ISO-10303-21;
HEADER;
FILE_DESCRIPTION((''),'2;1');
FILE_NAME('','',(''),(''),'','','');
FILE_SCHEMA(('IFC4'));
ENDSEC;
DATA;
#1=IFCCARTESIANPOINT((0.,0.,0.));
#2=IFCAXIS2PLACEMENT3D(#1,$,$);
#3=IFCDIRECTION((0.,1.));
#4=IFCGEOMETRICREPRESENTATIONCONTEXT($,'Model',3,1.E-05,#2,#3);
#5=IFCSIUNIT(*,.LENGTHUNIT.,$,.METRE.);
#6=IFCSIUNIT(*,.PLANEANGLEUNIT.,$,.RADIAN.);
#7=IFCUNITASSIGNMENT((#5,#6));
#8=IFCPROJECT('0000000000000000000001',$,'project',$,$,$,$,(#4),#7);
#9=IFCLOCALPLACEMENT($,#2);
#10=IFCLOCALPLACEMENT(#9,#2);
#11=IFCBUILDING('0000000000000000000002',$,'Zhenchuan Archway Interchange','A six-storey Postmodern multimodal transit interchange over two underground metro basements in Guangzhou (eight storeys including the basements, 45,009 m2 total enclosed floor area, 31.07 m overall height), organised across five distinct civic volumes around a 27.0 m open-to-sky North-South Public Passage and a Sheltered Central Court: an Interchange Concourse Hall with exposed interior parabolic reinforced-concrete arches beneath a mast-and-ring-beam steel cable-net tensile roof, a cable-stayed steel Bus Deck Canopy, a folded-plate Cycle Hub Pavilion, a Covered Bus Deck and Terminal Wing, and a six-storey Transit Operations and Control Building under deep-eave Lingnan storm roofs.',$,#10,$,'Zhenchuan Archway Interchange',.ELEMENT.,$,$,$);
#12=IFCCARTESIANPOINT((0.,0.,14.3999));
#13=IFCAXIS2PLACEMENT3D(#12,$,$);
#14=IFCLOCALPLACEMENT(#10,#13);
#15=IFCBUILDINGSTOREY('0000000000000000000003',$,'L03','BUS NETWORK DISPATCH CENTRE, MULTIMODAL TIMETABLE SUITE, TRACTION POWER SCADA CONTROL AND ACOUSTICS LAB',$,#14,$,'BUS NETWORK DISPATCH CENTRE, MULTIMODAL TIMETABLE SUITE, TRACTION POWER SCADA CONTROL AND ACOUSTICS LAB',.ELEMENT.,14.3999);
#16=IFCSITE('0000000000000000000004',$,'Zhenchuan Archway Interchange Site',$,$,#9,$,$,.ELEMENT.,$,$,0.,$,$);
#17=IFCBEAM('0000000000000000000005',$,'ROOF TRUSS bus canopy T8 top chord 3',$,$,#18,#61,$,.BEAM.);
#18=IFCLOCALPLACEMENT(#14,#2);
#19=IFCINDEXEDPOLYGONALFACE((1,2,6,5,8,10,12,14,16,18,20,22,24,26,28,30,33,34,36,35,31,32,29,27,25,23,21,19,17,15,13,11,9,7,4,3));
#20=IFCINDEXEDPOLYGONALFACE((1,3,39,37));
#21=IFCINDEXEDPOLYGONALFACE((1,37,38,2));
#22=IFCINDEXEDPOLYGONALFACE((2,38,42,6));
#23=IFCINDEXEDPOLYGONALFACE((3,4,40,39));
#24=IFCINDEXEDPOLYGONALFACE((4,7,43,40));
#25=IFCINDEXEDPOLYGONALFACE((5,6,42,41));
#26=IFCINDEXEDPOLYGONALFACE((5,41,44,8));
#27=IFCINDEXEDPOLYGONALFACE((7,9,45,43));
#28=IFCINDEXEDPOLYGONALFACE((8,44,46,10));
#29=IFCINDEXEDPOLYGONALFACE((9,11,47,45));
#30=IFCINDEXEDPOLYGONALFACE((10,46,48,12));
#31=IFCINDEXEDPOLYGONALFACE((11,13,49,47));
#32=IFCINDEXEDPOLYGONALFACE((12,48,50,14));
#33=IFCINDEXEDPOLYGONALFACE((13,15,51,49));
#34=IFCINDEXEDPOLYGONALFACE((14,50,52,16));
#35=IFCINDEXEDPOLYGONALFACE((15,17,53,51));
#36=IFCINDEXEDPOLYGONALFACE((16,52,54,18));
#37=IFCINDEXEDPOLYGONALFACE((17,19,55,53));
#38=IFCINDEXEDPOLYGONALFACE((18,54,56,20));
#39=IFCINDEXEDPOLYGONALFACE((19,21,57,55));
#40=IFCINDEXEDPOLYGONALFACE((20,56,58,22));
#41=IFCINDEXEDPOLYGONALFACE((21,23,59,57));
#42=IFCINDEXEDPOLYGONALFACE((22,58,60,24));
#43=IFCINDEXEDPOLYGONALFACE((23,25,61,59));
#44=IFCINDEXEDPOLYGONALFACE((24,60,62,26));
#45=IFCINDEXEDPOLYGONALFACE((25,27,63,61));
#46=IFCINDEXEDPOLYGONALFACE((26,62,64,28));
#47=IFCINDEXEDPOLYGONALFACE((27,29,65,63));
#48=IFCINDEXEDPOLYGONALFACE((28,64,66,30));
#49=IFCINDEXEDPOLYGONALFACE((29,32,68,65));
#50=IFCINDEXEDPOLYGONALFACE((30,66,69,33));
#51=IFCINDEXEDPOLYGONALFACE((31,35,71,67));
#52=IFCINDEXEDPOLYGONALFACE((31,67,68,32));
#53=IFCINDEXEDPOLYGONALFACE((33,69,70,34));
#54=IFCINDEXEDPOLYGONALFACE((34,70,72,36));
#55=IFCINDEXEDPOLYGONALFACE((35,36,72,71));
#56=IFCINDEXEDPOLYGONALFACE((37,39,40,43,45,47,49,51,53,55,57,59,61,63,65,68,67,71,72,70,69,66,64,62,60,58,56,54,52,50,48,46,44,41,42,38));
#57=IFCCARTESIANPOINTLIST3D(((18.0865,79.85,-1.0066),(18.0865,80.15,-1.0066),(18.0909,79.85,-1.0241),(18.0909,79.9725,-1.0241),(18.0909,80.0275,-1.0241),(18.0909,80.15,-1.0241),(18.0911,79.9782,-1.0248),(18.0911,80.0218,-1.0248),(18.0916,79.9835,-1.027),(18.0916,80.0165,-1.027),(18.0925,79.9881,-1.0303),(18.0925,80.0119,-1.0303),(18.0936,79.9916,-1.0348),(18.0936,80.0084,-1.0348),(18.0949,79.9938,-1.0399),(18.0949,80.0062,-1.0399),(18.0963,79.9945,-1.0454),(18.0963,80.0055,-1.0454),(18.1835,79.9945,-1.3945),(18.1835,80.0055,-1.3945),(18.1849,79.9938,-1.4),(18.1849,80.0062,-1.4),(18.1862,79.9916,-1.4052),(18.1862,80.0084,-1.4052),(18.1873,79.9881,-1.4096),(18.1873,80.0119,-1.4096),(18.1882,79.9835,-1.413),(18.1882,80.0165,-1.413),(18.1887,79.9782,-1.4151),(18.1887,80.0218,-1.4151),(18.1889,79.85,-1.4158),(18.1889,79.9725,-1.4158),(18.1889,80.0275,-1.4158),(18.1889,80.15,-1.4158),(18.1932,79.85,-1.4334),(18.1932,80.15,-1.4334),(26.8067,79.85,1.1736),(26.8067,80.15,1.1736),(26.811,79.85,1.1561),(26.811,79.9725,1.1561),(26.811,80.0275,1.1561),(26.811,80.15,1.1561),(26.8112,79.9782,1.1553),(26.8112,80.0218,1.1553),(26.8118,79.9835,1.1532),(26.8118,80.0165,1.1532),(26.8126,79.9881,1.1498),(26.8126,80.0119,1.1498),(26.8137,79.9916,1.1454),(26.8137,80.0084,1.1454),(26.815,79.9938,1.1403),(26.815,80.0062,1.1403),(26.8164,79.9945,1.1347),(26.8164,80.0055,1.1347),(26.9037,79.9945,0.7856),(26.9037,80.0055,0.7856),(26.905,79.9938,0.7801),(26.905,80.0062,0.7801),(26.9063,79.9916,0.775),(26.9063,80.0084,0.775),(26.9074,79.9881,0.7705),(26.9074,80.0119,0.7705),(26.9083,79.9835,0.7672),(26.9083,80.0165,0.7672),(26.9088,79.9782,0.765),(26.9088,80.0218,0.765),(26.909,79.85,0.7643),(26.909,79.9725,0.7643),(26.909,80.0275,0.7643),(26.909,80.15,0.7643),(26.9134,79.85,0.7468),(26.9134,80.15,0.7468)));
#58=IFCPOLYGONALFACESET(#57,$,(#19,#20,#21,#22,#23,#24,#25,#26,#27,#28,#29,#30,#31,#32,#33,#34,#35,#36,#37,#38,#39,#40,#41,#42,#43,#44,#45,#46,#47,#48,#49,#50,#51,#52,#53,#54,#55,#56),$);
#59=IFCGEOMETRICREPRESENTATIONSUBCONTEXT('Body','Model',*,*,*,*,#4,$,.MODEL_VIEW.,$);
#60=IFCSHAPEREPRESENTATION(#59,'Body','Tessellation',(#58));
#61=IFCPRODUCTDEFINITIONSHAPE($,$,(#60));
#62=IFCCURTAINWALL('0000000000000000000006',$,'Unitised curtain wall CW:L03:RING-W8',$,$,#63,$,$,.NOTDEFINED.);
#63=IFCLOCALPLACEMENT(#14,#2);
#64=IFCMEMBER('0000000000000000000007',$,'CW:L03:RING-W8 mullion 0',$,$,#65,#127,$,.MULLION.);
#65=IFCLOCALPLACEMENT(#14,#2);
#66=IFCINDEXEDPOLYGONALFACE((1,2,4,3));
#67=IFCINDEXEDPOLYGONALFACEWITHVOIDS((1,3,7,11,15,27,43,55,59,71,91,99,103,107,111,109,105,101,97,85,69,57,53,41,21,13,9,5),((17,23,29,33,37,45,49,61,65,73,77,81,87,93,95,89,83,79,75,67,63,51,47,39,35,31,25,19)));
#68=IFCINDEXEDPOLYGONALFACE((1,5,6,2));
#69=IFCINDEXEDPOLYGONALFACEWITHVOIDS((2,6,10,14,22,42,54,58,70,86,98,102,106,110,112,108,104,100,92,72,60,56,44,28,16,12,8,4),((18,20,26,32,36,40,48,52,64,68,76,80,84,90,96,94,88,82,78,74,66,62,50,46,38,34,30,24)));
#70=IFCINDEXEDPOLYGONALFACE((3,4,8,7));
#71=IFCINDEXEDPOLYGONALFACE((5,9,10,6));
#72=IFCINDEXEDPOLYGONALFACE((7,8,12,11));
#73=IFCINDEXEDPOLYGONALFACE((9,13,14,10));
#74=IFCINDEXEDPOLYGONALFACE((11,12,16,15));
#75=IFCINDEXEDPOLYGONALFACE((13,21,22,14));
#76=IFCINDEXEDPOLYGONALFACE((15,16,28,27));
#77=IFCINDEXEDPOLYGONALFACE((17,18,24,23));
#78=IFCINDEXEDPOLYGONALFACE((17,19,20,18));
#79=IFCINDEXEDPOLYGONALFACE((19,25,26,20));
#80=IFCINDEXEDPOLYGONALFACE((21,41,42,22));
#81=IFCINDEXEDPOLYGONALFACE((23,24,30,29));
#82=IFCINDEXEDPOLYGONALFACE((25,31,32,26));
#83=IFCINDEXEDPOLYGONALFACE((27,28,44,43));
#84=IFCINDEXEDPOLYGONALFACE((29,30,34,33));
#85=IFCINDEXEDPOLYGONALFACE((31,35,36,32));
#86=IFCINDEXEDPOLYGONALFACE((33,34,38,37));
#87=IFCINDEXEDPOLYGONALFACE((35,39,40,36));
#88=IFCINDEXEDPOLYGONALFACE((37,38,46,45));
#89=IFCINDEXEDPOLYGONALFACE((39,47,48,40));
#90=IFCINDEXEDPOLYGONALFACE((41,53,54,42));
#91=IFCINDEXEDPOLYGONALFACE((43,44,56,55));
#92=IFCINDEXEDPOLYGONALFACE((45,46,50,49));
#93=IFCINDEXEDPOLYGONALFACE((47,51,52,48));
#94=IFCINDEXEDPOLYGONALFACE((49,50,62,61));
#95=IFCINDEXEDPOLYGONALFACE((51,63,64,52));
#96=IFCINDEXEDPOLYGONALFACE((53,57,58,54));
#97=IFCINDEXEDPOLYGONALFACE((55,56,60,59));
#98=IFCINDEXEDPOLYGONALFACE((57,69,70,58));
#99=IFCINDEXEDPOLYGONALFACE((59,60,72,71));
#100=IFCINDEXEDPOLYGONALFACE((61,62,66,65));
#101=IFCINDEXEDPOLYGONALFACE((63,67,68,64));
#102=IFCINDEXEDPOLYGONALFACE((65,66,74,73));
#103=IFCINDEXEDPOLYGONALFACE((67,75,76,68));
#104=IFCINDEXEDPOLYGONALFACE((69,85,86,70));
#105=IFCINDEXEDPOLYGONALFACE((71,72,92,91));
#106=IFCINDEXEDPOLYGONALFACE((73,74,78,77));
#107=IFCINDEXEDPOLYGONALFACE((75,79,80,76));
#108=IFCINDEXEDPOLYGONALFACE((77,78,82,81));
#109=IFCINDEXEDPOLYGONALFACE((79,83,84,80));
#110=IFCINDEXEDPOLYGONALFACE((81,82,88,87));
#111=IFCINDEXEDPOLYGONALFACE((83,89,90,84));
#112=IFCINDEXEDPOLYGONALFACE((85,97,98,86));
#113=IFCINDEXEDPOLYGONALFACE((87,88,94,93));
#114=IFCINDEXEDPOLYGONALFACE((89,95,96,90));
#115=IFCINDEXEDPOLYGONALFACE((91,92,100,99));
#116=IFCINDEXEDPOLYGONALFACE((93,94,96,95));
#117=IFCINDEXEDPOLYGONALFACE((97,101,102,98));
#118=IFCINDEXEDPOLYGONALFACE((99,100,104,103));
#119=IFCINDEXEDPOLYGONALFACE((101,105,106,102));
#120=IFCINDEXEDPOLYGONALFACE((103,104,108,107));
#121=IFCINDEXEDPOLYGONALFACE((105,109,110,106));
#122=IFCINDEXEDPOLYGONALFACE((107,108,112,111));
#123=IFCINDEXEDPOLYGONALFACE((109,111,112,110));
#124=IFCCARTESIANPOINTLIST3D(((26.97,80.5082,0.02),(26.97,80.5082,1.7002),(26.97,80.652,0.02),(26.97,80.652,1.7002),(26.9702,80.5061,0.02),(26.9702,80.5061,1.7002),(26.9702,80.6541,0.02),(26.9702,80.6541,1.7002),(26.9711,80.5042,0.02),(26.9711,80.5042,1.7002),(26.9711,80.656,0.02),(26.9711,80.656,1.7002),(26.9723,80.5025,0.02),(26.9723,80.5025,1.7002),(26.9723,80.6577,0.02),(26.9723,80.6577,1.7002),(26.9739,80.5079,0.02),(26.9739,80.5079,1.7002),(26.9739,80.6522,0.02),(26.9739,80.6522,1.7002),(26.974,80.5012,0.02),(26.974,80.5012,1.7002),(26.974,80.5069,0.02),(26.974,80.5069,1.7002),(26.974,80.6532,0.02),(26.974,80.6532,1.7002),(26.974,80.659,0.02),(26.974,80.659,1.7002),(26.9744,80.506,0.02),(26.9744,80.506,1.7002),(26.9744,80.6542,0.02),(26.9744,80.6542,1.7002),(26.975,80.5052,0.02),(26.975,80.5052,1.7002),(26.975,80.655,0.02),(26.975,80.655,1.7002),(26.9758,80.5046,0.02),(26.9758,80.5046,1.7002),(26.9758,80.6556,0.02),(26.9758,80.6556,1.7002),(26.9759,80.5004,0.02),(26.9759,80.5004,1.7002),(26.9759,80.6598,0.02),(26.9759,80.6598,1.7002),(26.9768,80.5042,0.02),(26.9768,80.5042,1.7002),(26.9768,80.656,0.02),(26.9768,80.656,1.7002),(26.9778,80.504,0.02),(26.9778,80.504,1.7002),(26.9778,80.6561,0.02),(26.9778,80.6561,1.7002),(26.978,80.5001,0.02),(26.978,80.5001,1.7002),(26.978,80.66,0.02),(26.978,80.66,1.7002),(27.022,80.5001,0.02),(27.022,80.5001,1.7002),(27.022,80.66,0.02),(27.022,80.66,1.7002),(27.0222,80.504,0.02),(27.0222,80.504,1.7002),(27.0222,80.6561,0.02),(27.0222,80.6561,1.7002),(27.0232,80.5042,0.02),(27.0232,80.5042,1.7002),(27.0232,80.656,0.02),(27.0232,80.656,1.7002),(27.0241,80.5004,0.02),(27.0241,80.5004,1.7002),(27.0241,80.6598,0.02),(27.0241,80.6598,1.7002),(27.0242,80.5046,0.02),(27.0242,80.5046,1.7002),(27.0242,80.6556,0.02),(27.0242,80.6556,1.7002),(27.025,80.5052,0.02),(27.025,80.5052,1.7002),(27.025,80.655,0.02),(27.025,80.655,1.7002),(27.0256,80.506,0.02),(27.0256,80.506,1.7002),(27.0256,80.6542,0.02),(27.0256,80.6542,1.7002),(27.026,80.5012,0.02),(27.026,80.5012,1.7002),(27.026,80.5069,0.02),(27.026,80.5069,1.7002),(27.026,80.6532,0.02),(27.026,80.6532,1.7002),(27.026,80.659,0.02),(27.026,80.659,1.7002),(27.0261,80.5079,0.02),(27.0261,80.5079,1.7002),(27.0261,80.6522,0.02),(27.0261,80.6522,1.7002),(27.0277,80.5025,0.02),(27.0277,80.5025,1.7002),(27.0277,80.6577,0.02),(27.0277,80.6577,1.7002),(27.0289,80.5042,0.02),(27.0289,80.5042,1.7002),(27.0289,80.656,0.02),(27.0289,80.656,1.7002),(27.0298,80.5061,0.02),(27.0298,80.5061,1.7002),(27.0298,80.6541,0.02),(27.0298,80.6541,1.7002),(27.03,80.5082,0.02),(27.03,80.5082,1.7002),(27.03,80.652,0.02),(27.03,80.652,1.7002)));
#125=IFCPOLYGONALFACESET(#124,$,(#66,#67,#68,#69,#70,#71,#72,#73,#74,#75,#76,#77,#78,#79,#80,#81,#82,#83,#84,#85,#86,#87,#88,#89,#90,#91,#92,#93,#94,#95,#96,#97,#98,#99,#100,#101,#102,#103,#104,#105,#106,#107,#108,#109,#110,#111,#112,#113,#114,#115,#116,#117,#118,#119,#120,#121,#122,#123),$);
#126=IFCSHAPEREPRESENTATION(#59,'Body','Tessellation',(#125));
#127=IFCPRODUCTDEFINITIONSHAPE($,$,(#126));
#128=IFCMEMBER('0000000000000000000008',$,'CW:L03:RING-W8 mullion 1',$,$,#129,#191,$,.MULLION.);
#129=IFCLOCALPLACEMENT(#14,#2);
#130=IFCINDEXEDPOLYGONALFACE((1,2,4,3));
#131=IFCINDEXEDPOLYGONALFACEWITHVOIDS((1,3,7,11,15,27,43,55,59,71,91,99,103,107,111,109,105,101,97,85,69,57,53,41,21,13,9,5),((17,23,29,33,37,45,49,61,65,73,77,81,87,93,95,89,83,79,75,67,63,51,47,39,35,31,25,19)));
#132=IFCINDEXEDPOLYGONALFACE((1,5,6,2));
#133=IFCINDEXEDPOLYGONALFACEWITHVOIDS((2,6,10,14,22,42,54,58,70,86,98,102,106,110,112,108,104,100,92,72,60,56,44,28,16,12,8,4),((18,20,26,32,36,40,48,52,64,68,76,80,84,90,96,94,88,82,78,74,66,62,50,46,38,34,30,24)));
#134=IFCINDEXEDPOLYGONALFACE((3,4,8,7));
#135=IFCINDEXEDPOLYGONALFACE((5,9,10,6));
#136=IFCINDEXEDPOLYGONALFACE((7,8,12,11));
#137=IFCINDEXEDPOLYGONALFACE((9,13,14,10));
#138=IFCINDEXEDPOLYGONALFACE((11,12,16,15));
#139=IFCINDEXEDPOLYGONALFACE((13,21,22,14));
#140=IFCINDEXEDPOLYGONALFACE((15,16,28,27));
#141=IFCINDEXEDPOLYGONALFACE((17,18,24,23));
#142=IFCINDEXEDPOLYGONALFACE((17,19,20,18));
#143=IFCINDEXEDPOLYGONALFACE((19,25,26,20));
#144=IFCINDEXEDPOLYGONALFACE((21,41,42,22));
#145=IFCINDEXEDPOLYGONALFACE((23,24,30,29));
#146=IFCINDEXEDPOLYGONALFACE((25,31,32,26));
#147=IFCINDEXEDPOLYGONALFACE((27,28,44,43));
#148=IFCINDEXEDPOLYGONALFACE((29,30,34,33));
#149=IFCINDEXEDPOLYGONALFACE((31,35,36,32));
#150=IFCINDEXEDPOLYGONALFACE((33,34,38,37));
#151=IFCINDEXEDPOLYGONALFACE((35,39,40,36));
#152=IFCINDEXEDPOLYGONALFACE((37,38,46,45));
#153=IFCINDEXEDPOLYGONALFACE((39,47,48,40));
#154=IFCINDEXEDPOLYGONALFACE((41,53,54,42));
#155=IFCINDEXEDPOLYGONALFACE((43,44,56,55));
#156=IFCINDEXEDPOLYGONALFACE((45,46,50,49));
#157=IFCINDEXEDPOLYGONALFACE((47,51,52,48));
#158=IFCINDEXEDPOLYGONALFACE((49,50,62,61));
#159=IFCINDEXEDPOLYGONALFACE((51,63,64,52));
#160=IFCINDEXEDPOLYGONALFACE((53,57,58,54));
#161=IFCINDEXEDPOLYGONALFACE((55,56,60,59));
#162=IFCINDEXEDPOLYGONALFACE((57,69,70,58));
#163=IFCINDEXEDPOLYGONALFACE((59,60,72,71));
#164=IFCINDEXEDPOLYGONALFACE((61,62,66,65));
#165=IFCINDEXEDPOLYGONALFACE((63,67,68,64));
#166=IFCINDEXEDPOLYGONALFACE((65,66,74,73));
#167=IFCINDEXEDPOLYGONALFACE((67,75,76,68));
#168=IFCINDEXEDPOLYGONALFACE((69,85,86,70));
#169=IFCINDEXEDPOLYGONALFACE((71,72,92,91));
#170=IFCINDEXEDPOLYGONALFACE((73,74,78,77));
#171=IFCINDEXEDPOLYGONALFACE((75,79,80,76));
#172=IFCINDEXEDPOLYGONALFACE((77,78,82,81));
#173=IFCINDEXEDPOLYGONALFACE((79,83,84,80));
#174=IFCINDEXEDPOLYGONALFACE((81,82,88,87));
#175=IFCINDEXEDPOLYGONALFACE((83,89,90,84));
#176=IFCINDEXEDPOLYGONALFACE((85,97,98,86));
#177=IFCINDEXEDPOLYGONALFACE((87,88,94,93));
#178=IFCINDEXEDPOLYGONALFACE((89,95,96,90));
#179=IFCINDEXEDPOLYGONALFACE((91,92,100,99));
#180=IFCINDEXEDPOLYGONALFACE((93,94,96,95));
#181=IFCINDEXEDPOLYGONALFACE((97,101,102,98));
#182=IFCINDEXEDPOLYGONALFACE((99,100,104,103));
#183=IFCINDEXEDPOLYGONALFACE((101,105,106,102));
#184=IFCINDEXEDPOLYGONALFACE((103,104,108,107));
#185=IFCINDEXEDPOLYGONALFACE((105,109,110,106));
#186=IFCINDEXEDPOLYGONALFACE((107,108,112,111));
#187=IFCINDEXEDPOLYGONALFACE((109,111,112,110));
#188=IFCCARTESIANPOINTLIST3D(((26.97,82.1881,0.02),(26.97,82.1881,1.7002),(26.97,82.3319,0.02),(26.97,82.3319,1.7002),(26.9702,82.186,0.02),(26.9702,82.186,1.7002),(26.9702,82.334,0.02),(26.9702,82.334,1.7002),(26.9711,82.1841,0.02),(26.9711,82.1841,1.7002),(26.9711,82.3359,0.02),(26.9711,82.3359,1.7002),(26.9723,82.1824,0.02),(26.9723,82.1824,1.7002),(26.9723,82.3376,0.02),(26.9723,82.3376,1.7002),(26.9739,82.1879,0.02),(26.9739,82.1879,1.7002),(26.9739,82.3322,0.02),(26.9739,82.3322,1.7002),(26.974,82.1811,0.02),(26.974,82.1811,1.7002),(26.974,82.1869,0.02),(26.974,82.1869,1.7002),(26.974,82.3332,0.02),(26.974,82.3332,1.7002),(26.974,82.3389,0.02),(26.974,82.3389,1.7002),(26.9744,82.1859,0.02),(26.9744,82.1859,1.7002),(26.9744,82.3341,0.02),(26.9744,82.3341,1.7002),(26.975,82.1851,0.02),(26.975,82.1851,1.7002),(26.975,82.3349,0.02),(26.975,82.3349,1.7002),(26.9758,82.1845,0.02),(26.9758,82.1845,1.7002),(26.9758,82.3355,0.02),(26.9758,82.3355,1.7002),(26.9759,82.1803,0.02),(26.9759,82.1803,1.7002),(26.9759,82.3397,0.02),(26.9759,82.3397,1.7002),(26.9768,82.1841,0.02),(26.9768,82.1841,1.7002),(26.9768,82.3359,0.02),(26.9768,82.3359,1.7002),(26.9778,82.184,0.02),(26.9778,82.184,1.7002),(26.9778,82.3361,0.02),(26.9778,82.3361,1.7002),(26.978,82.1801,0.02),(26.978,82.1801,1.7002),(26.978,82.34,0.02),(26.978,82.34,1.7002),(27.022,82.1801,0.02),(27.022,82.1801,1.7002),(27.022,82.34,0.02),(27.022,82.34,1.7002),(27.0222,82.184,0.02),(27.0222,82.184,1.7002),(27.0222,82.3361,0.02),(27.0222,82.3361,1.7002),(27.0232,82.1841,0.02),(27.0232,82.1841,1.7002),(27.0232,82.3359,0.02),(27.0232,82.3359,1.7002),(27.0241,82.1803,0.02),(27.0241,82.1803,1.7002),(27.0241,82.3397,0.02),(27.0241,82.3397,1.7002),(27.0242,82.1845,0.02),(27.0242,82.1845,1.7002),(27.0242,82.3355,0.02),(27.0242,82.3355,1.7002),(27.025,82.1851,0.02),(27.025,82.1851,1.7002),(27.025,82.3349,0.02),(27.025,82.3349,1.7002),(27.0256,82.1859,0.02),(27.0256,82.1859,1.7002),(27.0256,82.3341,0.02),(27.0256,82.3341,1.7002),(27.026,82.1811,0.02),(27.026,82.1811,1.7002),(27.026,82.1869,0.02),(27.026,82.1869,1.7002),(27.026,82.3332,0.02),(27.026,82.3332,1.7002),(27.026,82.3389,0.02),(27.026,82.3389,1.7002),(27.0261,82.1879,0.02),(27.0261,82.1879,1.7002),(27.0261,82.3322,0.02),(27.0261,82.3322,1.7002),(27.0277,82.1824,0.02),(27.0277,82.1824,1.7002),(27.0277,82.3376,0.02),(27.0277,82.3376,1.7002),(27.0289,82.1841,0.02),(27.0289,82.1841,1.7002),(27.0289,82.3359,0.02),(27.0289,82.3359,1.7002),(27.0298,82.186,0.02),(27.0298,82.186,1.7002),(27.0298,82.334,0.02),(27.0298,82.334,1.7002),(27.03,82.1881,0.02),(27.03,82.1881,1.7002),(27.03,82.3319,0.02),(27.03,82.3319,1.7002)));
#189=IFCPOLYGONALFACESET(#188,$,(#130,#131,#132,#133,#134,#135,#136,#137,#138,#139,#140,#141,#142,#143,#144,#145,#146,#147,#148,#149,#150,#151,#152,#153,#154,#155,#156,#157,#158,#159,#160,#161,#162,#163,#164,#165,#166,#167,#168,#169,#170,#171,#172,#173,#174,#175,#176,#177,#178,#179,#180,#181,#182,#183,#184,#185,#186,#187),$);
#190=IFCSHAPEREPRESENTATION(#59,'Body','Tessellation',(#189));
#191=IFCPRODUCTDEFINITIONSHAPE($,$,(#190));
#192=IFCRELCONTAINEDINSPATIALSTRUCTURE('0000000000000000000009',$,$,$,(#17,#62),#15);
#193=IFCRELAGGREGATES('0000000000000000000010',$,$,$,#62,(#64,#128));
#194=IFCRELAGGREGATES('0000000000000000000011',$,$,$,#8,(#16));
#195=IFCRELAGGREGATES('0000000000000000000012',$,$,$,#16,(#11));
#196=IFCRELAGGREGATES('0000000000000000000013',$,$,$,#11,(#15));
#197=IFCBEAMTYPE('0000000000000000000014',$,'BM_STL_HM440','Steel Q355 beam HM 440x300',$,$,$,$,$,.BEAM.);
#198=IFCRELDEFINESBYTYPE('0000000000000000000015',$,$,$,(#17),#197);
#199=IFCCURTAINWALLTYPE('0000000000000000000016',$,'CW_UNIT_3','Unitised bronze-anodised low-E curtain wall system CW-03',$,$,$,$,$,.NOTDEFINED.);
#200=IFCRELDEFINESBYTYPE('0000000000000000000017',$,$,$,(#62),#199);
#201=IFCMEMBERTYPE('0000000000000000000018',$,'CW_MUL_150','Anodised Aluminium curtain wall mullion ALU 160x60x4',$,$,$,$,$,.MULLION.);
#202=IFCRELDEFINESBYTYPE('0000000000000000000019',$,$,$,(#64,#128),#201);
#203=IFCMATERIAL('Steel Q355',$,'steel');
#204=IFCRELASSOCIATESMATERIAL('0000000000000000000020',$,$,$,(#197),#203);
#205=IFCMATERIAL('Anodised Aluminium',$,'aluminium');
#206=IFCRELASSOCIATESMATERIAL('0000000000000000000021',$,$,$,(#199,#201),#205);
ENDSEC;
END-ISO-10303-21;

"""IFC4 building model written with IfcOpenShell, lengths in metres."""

from ifc_helpers import new_model, si_unit, direction, frame, origin, origin_2d, place, context, subcontext, project, spatial, hollow_rectangle, i_section, extrude, material, material_profile, profile_set, type_object, element, aggregate, save


model = new_model("IFC4")

# Units and contexts
model_context = context("Model", 3, precision=1e-05, world=origin(), true_north=direction((0.0, 1.0)))
body_context = subcontext(model_context, "Body", "Model", "MODEL_VIEW")
ifc_project = project(units=[si_unit("LENGTHUNIT", "METRE"), si_unit("PLANEANGLEUNIT", "RADIAN")], contexts=[model_context])

# Site, building, storey
site_placement = place(None, origin())
site = spatial("IfcSite", under=ifc_project, at=site_placement, Name="Zhenchuan Archway Interchange Site", CompositionType="ELEMENT", RefElevation=0.0)
building_placement = place(site_placement, origin())
building = spatial("IfcBuilding", under=site, at=building_placement, Name="Zhenchuan Archway Interchange", Description="A six-storey Postmodern multimodal transit interchange over two underground metro basements in Guangzhou (eight storeys including the basements, 45,009 m2 total enclosed floor area, 31.07 m overall height), organised across five distinct civic volumes around a 27.0 m open-to-sky North-South Public Passage and a Sheltered Central Court: an Interchange Concourse Hall with exposed interior parabolic reinforced-concrete arches beneath a mast-and-ring-beam steel cable-net tensile roof, a cable-stayed steel Bus Deck Canopy, a folded-plate Cycle Hub Pavilion, a Covered Bus Deck and Terminal Wing, and a six-storey Transit Operations and Control Building under deep-eave Lingnan storm roofs.", LongName="Zhenchuan Archway Interchange", CompositionType="ELEMENT")
storey_placement = place(building_placement, frame((0.0, 0.0, 14.3999)))
storey = spatial("IfcBuildingStorey", under=building, at=storey_placement, Name="L03", Description="BUS NETWORK DISPATCH CENTRE, MULTIMODAL TIMETABLE SUITE, TRACTION POWER SCADA CONTROL AND ACOUSTICS LAB", LongName="BUS NETWORK DISPATCH CENTRE, MULTIMODAL TIMETABLE SUITE, TRACTION POWER SCADA CONTROL AND ACOUSTICS LAB", CompositionType="ELEMENT", Elevation=14.3999)

# Shared definitions
ifc_material_1 = material(Name="Steel Q355", Category="steel")

# Beam
ifc_material_profile_1 = material_profile(ifc_material_1, i_section(OverallWidth=0.3, OverallDepth=0.4399, WebThickness=0.011, FlangeThickness=0.0181, FilletRadius=0.022, at=origin_2d()), Name="HM 440x300")
ifc_profile_set_1 = profile_set([ifc_material_profile_1], Name="Steel Q355")
beam_type_1 = type_object("IfcBeamType", Name="BM_STL_HM440", Description="Steel Q355 beam HM 440x300", PredefinedType="BEAM", material=ifc_profile_set_1)
beam_1_placement = place(storey_placement, frame((18.1399, 80.0, -1.22), z_axis=(0.970139, 0.0, 0.242548), x_axis=(0.0, 1.0, 0.0)))
element("IfcBeam", 1, at=beam_1_placement, inside=storey, type_object=beam_type_1, Name="ROOF TRUSS bus canopy T8 top chord 3", PredefinedType="BEAM", context=body_context, shape_type="SweptSolid", body=[
    extrude(i_section(OverallWidth=0.3, OverallDepth=0.4399, WebThickness=0.011, FlangeThickness=0.0181, FilletRadius=0.022, at=origin_2d()), origin(), (0.0, 0.0, 1.0), 8.9885),
])

# Curtain wall, members
ifc_material_2 = material(Name="Anodised Aluminium", Category="aluminium")
curtain_wall_type = type_object("IfcCurtainWallType", Name="CW_UNIT_3", Description="Unitised bronze-anodised low-E curtain wall system CW-03", PredefinedType="NOTDEFINED", material=ifc_material_2)
curtain_wall_placement = place(storey_placement, origin())
curtain_wall = element("IfcCurtainWall", 2, at=curtain_wall_placement, inside=storey, type_object=curtain_wall_type, Name="Unitised curtain wall CW:L03:RING-W8", PredefinedType="NOTDEFINED")
ifc_material_profile_2 = material_profile(ifc_material_2, hollow_rectangle(XDim=0.0601, YDim=0.1599, WallThickness=0.0039, InnerFilletRadius=0.0039, OuterFilletRadius=0.0081, at=origin_2d()), Name="ALU 160x60x4")
ifc_profile_set_2 = profile_set([ifc_material_profile_2], Name="Anodised Aluminium")
member_type_1 = type_object("IfcMemberType", Name="CW_MUL_150", Description="Anodised Aluminium curtain wall mullion ALU 160x60x4", PredefinedType="MULLION", material=ifc_profile_set_2)
member_1_placement = place(storey_placement, frame((27.0, 80.5801, 0.02), z_axis=(0.0, 0.0, 1.0), x_axis=(1.0, 0.0, 0.0)))
member_1 = element("IfcMember", 3, at=member_1_placement, type_object=member_type_1, Name="CW:L03:RING-W8 mullion 0", PredefinedType="MULLION", context=body_context, shape_type="SweptSolid", body=[
    extrude(hollow_rectangle(XDim=0.0601, YDim=0.1599, WallThickness=0.0039, InnerFilletRadius=0.0039, OuterFilletRadius=0.0081, at=origin_2d()), origin(), (0.0, 0.0, 1.0), 1.6802),
])
member_2_placement = place(storey_placement, frame((27.0, 82.26, 0.02), z_axis=(0.0, 0.0, 1.0), x_axis=(1.0, 0.0, 0.0)))
member_2 = element("IfcMember", 4, at=member_2_placement, type_object=member_type_1, Name="CW:L03:RING-W8 mullion 1", PredefinedType="MULLION", context=body_context, shape_type="SweptSolid", body=[
    extrude(hollow_rectangle(XDim=0.0601, YDim=0.1599, WallThickness=0.0039, InnerFilletRadius=0.0039, OuterFilletRadius=0.0081, at=origin_2d()), origin(), (0.0, 0.0, 1.0), 1.6802),
])

aggregate(curtain_wall, [member_1, member_2])

save(model, "model.ifc")
